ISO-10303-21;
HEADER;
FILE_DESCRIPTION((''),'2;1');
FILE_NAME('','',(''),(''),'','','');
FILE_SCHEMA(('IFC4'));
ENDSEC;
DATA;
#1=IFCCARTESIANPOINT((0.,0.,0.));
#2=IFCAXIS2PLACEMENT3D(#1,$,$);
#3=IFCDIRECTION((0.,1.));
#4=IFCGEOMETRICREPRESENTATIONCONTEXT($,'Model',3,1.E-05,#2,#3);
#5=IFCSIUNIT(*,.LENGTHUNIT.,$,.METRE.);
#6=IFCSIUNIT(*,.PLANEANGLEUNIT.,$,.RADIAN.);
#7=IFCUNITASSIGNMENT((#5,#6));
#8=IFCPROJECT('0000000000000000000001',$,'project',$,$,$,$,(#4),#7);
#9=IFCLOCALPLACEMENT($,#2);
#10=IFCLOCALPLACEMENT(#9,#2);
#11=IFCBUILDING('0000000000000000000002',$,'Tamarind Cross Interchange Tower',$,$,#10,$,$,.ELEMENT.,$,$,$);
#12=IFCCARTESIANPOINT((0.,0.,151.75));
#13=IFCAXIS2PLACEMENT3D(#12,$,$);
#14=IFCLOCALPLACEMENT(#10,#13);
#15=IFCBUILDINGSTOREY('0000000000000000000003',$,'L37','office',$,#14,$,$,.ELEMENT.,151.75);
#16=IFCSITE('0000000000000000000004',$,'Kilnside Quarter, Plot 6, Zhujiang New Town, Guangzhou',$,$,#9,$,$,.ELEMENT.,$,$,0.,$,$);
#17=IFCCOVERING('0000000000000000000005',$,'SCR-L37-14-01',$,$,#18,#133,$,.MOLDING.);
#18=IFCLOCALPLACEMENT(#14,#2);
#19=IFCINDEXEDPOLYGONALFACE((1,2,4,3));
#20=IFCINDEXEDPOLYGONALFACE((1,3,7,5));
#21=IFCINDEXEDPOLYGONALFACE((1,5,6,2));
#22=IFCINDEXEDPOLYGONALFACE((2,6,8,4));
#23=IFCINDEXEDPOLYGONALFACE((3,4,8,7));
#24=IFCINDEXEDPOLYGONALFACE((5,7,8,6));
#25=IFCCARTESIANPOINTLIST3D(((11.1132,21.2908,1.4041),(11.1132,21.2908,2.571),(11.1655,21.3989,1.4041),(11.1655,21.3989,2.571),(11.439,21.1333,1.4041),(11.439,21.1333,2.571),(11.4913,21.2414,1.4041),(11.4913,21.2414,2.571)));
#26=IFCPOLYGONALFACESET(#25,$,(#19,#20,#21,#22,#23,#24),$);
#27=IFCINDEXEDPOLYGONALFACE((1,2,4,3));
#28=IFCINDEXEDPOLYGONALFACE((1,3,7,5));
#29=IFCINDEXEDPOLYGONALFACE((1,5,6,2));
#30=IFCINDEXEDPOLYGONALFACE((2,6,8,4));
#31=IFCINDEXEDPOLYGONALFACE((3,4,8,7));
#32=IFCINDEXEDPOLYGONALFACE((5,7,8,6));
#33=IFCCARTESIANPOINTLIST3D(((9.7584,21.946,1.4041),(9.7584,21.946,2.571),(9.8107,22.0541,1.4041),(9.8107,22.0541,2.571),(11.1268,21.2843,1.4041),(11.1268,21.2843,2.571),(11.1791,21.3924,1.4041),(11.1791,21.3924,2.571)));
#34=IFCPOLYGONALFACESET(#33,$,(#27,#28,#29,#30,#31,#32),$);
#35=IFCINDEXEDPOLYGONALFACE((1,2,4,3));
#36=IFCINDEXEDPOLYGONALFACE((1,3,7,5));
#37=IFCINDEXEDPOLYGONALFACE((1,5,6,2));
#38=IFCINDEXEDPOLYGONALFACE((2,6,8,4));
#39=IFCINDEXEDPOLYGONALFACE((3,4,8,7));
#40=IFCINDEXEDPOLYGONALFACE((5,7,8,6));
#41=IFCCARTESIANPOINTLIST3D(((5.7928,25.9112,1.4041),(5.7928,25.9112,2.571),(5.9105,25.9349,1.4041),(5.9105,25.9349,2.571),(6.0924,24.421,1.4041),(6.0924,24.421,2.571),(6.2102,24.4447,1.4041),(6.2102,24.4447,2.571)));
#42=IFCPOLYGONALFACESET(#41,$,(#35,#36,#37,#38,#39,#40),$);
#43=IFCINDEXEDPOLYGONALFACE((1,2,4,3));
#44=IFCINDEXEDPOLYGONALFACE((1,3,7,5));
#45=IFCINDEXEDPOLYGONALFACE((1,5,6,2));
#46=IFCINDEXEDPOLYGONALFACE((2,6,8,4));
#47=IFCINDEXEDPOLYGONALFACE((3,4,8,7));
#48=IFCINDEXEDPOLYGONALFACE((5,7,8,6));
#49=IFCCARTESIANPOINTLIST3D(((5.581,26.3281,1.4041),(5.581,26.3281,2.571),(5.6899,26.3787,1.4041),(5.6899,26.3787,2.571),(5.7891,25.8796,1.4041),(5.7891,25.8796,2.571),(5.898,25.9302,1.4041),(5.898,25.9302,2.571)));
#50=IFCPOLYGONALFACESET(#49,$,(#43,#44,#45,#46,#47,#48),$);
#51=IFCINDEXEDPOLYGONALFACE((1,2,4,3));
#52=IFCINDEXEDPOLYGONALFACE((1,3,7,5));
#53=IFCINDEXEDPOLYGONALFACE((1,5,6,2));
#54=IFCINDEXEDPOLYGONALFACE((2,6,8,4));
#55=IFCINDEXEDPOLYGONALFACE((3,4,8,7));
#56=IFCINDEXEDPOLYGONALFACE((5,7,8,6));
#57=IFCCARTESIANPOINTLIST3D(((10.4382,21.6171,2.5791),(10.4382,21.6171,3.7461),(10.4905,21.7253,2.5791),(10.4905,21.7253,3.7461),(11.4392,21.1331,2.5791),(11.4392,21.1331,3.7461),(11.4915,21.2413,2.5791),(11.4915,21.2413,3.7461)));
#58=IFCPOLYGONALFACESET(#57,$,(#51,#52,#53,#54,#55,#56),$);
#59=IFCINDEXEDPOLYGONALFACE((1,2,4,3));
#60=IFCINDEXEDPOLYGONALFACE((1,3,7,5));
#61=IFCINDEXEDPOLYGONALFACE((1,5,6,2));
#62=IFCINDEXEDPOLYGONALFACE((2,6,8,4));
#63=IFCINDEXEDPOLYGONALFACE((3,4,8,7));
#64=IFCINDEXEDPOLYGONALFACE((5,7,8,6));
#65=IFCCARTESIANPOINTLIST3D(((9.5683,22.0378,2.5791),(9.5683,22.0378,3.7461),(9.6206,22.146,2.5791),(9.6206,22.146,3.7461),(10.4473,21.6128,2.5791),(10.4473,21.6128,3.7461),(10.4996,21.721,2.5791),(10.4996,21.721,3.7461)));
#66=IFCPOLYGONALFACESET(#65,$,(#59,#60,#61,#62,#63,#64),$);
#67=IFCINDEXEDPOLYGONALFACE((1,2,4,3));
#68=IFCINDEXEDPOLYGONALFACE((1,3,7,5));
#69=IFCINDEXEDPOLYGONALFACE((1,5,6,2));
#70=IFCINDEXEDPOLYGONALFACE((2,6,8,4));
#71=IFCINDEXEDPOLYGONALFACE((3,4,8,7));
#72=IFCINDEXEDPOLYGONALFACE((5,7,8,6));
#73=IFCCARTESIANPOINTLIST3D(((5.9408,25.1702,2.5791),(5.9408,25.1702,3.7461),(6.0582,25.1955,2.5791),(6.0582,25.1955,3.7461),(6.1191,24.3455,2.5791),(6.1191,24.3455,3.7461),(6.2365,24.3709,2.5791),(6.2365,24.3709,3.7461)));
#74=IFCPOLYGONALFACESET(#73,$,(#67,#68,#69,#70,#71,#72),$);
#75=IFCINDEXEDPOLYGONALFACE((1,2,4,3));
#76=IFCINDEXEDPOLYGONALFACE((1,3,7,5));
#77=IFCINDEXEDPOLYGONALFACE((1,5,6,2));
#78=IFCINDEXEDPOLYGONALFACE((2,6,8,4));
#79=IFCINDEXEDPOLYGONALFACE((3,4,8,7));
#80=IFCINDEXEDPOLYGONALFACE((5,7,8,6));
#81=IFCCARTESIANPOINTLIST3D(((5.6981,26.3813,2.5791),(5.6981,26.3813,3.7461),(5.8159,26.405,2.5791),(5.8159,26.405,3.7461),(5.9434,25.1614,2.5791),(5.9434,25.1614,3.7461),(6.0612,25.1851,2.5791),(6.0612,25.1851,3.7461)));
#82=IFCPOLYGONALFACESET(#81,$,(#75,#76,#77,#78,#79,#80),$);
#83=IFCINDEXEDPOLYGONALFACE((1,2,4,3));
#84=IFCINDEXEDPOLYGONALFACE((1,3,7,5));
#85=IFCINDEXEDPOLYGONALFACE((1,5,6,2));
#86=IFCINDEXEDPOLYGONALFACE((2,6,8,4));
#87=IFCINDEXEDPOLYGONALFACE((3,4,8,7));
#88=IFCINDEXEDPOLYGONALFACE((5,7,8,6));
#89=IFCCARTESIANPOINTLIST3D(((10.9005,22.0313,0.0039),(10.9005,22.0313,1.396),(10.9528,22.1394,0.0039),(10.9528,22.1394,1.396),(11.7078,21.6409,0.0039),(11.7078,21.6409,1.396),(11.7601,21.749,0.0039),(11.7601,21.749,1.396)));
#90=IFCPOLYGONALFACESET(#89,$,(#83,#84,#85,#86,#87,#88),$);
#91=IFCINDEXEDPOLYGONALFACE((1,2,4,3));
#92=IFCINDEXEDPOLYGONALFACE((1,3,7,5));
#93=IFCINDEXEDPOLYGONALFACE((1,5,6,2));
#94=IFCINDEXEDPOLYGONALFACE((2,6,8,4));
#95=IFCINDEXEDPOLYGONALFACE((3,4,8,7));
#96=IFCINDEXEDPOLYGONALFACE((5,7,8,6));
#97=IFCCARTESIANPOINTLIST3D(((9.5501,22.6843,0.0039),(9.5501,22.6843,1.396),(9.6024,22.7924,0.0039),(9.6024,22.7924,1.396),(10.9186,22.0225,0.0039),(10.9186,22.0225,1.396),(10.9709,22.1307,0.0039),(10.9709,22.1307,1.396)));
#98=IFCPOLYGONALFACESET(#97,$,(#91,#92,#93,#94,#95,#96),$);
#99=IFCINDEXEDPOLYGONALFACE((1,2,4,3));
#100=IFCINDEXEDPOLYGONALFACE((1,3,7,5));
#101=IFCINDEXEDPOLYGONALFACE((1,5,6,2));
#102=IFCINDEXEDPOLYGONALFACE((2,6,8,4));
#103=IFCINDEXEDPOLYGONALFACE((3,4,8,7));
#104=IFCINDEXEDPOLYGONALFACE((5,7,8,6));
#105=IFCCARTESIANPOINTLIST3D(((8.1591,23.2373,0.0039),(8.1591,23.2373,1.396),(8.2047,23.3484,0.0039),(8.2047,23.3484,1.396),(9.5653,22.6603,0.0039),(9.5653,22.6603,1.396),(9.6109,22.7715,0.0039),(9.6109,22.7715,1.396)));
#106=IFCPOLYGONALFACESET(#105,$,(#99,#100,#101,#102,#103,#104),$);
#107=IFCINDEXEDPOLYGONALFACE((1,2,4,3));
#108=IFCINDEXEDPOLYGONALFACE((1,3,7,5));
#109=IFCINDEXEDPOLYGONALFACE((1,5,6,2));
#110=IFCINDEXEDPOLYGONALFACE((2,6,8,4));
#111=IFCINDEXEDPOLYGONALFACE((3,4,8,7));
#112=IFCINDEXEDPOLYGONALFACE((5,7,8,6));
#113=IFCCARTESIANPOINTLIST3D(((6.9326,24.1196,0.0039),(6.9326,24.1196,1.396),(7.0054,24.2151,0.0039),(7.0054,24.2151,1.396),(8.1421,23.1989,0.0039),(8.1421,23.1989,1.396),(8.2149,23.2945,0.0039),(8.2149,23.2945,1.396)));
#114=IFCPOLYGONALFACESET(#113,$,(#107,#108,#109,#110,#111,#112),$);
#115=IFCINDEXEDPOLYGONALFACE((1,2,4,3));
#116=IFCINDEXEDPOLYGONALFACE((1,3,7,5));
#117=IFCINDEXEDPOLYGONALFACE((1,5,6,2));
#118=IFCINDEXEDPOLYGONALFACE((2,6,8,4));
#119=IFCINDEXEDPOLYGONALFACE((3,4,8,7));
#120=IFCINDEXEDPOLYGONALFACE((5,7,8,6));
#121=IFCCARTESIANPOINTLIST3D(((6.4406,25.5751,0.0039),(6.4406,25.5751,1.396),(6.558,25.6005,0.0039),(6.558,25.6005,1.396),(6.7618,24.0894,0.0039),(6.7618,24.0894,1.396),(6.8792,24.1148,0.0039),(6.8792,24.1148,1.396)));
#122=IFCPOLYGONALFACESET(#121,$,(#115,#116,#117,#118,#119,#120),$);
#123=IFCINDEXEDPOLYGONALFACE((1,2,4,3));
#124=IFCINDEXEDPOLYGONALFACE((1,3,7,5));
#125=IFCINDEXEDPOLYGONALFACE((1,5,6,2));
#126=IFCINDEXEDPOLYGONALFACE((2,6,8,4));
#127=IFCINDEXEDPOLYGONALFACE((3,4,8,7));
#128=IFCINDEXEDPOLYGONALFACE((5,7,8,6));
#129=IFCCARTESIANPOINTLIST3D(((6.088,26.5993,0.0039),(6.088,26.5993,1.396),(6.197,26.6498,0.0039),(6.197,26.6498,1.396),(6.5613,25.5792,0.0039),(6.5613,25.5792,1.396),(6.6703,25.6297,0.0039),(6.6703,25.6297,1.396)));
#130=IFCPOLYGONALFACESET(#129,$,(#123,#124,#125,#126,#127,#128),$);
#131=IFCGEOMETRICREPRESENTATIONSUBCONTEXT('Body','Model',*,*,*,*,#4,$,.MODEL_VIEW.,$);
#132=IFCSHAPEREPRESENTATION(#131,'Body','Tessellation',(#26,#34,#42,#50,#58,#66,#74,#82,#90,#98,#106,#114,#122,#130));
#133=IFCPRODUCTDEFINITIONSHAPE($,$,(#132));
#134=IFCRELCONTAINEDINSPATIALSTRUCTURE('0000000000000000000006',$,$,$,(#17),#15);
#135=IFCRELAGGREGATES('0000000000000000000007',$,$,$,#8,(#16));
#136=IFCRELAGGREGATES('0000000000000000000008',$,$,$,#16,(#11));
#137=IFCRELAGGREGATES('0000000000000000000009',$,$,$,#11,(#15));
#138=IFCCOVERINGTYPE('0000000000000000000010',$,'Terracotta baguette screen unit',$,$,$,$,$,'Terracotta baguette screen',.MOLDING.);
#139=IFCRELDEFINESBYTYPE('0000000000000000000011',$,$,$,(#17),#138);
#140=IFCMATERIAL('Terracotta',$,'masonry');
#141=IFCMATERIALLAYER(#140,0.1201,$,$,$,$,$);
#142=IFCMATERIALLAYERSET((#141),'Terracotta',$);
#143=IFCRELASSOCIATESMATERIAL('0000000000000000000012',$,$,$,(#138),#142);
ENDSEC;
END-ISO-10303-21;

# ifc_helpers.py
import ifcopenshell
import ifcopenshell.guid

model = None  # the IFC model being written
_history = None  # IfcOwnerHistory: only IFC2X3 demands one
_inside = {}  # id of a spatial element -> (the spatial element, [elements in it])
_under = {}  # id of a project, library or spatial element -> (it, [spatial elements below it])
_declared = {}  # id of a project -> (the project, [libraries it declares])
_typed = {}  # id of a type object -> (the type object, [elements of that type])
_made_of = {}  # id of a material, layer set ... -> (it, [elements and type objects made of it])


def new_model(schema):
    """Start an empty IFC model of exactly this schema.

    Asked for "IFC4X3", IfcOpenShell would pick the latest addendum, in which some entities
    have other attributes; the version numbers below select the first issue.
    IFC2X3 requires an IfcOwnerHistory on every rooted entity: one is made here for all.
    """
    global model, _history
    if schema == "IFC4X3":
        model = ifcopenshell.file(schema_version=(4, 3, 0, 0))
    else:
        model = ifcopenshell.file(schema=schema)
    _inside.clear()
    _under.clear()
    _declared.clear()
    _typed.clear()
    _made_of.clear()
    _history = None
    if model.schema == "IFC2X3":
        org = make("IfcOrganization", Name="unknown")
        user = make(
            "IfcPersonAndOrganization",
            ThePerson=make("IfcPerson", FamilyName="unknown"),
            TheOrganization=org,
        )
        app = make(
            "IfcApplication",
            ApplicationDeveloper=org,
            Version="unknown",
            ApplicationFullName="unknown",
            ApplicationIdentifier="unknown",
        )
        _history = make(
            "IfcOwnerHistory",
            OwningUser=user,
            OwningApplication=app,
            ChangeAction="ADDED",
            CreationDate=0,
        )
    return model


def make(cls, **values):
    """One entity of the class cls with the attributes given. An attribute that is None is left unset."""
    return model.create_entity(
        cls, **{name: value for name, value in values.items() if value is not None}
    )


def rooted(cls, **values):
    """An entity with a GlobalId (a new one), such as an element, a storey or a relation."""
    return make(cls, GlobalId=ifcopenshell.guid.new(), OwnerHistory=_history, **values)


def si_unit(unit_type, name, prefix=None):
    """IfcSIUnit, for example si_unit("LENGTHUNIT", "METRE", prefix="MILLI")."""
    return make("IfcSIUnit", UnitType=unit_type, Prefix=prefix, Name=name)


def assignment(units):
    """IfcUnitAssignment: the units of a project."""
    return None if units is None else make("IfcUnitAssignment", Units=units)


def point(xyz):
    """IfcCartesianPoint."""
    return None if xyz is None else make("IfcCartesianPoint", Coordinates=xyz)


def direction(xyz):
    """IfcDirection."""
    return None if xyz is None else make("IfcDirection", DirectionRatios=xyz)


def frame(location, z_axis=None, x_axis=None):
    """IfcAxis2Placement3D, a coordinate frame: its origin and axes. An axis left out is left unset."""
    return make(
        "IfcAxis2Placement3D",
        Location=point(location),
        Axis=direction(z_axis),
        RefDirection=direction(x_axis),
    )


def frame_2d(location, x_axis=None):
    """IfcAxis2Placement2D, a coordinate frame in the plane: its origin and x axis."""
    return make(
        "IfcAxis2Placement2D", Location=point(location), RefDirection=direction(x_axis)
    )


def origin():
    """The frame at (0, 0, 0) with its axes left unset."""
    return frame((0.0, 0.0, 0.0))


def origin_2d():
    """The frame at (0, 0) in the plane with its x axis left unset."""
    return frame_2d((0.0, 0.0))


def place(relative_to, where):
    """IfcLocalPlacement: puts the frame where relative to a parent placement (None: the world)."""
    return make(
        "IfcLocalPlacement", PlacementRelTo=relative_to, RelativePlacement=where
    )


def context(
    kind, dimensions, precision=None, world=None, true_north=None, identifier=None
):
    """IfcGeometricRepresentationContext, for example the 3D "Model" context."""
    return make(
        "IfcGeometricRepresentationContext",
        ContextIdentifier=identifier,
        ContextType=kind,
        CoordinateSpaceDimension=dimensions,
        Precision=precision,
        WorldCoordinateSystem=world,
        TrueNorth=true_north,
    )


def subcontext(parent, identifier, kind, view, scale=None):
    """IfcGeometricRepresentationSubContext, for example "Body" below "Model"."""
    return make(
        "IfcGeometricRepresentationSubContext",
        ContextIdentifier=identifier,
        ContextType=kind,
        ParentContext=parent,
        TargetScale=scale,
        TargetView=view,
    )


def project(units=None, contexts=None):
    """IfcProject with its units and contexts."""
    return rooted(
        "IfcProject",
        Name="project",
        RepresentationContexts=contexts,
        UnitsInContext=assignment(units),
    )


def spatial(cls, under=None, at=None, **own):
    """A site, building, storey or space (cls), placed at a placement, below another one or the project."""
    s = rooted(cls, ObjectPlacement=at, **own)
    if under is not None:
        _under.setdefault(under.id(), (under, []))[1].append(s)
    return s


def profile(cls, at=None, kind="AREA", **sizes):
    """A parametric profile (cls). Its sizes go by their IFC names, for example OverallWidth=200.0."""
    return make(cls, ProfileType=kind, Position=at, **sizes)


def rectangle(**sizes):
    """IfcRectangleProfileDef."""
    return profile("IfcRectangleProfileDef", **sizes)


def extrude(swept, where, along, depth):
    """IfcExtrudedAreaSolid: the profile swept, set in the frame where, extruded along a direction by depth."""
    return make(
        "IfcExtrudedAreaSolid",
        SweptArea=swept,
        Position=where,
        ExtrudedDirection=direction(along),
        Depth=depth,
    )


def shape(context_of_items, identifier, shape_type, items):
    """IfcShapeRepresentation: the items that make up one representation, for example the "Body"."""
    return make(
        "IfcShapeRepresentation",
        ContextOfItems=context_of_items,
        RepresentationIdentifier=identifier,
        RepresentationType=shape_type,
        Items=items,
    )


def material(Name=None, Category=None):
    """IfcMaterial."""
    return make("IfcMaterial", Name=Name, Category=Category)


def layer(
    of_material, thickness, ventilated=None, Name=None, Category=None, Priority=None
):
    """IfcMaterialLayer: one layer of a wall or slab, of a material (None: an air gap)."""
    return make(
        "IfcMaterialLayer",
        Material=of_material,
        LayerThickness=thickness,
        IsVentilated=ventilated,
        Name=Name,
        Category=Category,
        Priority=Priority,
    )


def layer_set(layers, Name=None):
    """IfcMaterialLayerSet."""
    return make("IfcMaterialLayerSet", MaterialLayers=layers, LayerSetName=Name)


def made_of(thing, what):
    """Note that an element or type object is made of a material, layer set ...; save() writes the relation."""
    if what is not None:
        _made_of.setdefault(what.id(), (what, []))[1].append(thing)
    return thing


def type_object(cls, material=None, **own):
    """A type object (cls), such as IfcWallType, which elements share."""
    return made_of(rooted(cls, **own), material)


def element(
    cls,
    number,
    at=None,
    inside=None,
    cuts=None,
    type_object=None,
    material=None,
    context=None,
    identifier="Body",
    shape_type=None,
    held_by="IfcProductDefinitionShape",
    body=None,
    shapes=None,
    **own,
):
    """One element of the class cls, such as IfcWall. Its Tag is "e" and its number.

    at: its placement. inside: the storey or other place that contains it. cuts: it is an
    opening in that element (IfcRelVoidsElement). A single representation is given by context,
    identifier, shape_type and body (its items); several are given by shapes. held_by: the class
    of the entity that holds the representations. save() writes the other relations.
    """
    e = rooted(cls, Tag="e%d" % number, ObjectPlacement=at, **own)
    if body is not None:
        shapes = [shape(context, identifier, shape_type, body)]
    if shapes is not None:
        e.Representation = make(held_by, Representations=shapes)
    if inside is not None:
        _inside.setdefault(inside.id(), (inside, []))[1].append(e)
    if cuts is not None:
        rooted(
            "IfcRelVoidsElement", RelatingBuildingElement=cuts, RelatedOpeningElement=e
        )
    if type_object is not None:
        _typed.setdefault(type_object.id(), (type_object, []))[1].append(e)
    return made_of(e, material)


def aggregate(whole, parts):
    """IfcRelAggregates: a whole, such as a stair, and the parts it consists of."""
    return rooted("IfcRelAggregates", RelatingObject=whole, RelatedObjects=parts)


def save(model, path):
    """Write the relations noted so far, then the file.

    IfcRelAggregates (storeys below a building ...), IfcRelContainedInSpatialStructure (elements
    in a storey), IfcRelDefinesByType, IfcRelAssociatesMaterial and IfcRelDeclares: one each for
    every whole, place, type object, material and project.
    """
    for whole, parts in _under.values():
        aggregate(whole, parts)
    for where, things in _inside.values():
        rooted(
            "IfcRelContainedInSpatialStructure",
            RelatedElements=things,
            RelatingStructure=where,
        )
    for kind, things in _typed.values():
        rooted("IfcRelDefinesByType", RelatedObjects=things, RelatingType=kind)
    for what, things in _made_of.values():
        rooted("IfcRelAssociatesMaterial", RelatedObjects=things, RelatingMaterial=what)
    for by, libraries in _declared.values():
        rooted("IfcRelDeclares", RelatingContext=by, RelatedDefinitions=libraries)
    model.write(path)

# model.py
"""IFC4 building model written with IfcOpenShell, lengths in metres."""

from ifc_helpers import new_model, si_unit, direction, frame, origin, origin_2d, place, context, subcontext, project, spatial, rectangle, extrude, material, layer, layer_set, type_object, element, save


model = new_model("IFC4")

# Units and contexts
model_context = context("Model", 3, precision=1e-05, world=origin(), true_north=direction((0.0, 1.0)))
body_context = subcontext(model_context, "Body", "Model", "MODEL_VIEW")
ifc_project = project(units=[si_unit("LENGTHUNIT", "METRE"), si_unit("PLANEANGLEUNIT", "RADIAN")], contexts=[model_context])

# Site, building, storey
site_placement = place(None, origin())
site = spatial("IfcSite", under=ifc_project, at=site_placement, Name="Kilnside Quarter, Plot 6, Zhujiang New Town, Guangzhou", CompositionType="ELEMENT", RefElevation=0.0)
building_placement = place(site_placement, origin())
building = spatial("IfcBuilding", under=site, at=building_placement, Name="Tamarind Cross Interchange Tower", CompositionType="ELEMENT")
storey_placement = place(building_placement, frame((0.0, 0.0, 151.75)))
storey = spatial("IfcBuildingStorey", under=building, at=storey_placement, Name="L37", Description="office", CompositionType="ELEMENT", Elevation=151.75)

# Covering
ifc_material_1 = material(Name="Terracotta", Category="masonry")
ifc_layer_1 = layer(ifc_material_1, 0.1201)
ifc_layer_set_1 = layer_set([ifc_layer_1], Name="Terracotta")
covering_type = type_object("IfcCoveringType", Name="Terracotta baguette screen unit", ElementType="Terracotta baguette screen", PredefinedType="MOLDING", material=ifc_layer_set_1)
covering_1_placement = place(storey_placement, origin())
element("IfcCovering", 1, at=covering_1_placement, inside=storey, type_object=covering_type, Name="SCR-L37-14-01", PredefinedType="MOLDING", context=body_context, shape_type="SweptSolid", body=[
    extrude(rectangle(XDim=0.3618, YDim=0.1201, at=origin_2d()), frame((11.3022, 21.2661, 1.4041), z_axis=(0.0, 0.0, 1.0), x_axis=(-0.900273, 0.435326, 0.0)), (0.0, 0.0, 1.0), 1.167),
    extrude(rectangle(XDim=1.52, YDim=0.1201, at=origin_2d()), frame((10.4688, 21.6692, 1.4041), z_axis=(0.0, 0.0, 1.0), x_axis=(-0.900273, 0.435326, 0.0)), (0.0, 0.0, 1.0), 1.167),
    extrude(rectangle(XDim=1.52, YDim=0.1201, at=origin_2d()), frame((6.0015, 25.178, 1.4041), z_axis=(0.0, 0.0, 1.0), x_axis=(-0.197124, 0.980379, 0.0)), (0.0, 0.0, 1.0), 1.167),
    extrude(rectangle(XDim=0.4944, YDim=0.1201, at=origin_2d()), frame((5.7395, 26.1292, 1.4041), z_axis=(0.0, 0.0, 1.0), x_axis=(-0.420858, 0.907126, 0.0)), (0.0, 0.0, 1.0), 1.167),
    extrude(rectangle(XDim=1.1118, YDim=0.1201, at=origin_2d()), frame((10.9648, 21.4292, 2.5791), z_axis=(0.0, 0.0, 1.0), x_axis=(-0.900273, 0.435326, 0.0)), (0.0, 0.0, 1.0), 1.167),
    extrude(rectangle(XDim=0.9763, YDim=0.1201, at=origin_2d()), frame((10.0339, 21.8794, 2.5791), z_axis=(0.0, 0.0, 1.0), x_axis=(-0.900273, 0.435326, 0.0)), (0.0, 0.0, 1.0), 1.167),
    extrude(rectangle(XDim=0.8438, YDim=0.1201, at=origin_2d()), frame((6.0886, 24.7705, 2.5791), z_axis=(0.0, 0.0, 1.0), x_axis=(-0.211359, 0.977408, 0.0)), (0.0, 0.0, 1.0), 1.167),
    extrude(rectangle(XDim=1.2444, YDim=0.1201, at=origin_2d()), frame((5.8796, 25.7832, 2.5791), z_axis=(0.0, 0.0, 1.0), x_axis=(-0.197124, 0.980379, 0.0)), (0.0, 0.0, 1.0), 1.167),
    extrude(rectangle(XDim=0.8967, YDim=0.1201, at=origin_2d()), frame((11.3303, 21.8901, 0.0039), z_axis=(0.0, 0.0, 1.0), x_axis=(-0.900273, 0.435326, 0.0)), (0.0, 0.0, 1.0), 1.3921),
    extrude(rectangle(XDim=1.52, YDim=0.1201, at=origin_2d()), frame((10.2605, 22.4075, 0.0039), z_axis=(0.0, 0.0, 1.0), x_axis=(-0.900273, 0.435326, 0.0)), (0.0, 0.0, 1.0), 1.3921),
    extrude(rectangle(XDim=1.52, YDim=0.1201, at=origin_2d()), frame((8.885, 23.0044, 0.0039), z_axis=(0.0, 0.0, 1.0), x_axis=(-0.925156, 0.379587, 0.0)), (0.0, 0.0, 1.0), 1.3921),
    extrude(rectangle(XDim=1.52, YDim=0.1201, at=origin_2d()), frame((7.5737, 23.707, 0.0039), z_axis=(0.0, 0.0, 1.0), x_axis=(-0.795715, 0.605672, 0.0)), (0.0, 0.0, 1.0), 1.3921),
    extrude(rectangle(XDim=1.52, YDim=0.1201, at=origin_2d()), frame((6.6599, 24.845, 0.0039), z_axis=(0.0, 0.0, 1.0), x_axis=(-0.211359, 0.977408, 0.0)), (0.0, 0.0, 1.0), 1.3921),
    extrude(rectangle(XDim=1.1245, YDim=0.1201, at=origin_2d()), frame((6.3792, 26.1145, 0.0039), z_axis=(0.0, 0.0, 1.0), x_axis=(-0.420858, 0.907126, 0.0)), (0.0, 0.0, 1.0), 1.3921),
])

save(model, "model.ifc")
